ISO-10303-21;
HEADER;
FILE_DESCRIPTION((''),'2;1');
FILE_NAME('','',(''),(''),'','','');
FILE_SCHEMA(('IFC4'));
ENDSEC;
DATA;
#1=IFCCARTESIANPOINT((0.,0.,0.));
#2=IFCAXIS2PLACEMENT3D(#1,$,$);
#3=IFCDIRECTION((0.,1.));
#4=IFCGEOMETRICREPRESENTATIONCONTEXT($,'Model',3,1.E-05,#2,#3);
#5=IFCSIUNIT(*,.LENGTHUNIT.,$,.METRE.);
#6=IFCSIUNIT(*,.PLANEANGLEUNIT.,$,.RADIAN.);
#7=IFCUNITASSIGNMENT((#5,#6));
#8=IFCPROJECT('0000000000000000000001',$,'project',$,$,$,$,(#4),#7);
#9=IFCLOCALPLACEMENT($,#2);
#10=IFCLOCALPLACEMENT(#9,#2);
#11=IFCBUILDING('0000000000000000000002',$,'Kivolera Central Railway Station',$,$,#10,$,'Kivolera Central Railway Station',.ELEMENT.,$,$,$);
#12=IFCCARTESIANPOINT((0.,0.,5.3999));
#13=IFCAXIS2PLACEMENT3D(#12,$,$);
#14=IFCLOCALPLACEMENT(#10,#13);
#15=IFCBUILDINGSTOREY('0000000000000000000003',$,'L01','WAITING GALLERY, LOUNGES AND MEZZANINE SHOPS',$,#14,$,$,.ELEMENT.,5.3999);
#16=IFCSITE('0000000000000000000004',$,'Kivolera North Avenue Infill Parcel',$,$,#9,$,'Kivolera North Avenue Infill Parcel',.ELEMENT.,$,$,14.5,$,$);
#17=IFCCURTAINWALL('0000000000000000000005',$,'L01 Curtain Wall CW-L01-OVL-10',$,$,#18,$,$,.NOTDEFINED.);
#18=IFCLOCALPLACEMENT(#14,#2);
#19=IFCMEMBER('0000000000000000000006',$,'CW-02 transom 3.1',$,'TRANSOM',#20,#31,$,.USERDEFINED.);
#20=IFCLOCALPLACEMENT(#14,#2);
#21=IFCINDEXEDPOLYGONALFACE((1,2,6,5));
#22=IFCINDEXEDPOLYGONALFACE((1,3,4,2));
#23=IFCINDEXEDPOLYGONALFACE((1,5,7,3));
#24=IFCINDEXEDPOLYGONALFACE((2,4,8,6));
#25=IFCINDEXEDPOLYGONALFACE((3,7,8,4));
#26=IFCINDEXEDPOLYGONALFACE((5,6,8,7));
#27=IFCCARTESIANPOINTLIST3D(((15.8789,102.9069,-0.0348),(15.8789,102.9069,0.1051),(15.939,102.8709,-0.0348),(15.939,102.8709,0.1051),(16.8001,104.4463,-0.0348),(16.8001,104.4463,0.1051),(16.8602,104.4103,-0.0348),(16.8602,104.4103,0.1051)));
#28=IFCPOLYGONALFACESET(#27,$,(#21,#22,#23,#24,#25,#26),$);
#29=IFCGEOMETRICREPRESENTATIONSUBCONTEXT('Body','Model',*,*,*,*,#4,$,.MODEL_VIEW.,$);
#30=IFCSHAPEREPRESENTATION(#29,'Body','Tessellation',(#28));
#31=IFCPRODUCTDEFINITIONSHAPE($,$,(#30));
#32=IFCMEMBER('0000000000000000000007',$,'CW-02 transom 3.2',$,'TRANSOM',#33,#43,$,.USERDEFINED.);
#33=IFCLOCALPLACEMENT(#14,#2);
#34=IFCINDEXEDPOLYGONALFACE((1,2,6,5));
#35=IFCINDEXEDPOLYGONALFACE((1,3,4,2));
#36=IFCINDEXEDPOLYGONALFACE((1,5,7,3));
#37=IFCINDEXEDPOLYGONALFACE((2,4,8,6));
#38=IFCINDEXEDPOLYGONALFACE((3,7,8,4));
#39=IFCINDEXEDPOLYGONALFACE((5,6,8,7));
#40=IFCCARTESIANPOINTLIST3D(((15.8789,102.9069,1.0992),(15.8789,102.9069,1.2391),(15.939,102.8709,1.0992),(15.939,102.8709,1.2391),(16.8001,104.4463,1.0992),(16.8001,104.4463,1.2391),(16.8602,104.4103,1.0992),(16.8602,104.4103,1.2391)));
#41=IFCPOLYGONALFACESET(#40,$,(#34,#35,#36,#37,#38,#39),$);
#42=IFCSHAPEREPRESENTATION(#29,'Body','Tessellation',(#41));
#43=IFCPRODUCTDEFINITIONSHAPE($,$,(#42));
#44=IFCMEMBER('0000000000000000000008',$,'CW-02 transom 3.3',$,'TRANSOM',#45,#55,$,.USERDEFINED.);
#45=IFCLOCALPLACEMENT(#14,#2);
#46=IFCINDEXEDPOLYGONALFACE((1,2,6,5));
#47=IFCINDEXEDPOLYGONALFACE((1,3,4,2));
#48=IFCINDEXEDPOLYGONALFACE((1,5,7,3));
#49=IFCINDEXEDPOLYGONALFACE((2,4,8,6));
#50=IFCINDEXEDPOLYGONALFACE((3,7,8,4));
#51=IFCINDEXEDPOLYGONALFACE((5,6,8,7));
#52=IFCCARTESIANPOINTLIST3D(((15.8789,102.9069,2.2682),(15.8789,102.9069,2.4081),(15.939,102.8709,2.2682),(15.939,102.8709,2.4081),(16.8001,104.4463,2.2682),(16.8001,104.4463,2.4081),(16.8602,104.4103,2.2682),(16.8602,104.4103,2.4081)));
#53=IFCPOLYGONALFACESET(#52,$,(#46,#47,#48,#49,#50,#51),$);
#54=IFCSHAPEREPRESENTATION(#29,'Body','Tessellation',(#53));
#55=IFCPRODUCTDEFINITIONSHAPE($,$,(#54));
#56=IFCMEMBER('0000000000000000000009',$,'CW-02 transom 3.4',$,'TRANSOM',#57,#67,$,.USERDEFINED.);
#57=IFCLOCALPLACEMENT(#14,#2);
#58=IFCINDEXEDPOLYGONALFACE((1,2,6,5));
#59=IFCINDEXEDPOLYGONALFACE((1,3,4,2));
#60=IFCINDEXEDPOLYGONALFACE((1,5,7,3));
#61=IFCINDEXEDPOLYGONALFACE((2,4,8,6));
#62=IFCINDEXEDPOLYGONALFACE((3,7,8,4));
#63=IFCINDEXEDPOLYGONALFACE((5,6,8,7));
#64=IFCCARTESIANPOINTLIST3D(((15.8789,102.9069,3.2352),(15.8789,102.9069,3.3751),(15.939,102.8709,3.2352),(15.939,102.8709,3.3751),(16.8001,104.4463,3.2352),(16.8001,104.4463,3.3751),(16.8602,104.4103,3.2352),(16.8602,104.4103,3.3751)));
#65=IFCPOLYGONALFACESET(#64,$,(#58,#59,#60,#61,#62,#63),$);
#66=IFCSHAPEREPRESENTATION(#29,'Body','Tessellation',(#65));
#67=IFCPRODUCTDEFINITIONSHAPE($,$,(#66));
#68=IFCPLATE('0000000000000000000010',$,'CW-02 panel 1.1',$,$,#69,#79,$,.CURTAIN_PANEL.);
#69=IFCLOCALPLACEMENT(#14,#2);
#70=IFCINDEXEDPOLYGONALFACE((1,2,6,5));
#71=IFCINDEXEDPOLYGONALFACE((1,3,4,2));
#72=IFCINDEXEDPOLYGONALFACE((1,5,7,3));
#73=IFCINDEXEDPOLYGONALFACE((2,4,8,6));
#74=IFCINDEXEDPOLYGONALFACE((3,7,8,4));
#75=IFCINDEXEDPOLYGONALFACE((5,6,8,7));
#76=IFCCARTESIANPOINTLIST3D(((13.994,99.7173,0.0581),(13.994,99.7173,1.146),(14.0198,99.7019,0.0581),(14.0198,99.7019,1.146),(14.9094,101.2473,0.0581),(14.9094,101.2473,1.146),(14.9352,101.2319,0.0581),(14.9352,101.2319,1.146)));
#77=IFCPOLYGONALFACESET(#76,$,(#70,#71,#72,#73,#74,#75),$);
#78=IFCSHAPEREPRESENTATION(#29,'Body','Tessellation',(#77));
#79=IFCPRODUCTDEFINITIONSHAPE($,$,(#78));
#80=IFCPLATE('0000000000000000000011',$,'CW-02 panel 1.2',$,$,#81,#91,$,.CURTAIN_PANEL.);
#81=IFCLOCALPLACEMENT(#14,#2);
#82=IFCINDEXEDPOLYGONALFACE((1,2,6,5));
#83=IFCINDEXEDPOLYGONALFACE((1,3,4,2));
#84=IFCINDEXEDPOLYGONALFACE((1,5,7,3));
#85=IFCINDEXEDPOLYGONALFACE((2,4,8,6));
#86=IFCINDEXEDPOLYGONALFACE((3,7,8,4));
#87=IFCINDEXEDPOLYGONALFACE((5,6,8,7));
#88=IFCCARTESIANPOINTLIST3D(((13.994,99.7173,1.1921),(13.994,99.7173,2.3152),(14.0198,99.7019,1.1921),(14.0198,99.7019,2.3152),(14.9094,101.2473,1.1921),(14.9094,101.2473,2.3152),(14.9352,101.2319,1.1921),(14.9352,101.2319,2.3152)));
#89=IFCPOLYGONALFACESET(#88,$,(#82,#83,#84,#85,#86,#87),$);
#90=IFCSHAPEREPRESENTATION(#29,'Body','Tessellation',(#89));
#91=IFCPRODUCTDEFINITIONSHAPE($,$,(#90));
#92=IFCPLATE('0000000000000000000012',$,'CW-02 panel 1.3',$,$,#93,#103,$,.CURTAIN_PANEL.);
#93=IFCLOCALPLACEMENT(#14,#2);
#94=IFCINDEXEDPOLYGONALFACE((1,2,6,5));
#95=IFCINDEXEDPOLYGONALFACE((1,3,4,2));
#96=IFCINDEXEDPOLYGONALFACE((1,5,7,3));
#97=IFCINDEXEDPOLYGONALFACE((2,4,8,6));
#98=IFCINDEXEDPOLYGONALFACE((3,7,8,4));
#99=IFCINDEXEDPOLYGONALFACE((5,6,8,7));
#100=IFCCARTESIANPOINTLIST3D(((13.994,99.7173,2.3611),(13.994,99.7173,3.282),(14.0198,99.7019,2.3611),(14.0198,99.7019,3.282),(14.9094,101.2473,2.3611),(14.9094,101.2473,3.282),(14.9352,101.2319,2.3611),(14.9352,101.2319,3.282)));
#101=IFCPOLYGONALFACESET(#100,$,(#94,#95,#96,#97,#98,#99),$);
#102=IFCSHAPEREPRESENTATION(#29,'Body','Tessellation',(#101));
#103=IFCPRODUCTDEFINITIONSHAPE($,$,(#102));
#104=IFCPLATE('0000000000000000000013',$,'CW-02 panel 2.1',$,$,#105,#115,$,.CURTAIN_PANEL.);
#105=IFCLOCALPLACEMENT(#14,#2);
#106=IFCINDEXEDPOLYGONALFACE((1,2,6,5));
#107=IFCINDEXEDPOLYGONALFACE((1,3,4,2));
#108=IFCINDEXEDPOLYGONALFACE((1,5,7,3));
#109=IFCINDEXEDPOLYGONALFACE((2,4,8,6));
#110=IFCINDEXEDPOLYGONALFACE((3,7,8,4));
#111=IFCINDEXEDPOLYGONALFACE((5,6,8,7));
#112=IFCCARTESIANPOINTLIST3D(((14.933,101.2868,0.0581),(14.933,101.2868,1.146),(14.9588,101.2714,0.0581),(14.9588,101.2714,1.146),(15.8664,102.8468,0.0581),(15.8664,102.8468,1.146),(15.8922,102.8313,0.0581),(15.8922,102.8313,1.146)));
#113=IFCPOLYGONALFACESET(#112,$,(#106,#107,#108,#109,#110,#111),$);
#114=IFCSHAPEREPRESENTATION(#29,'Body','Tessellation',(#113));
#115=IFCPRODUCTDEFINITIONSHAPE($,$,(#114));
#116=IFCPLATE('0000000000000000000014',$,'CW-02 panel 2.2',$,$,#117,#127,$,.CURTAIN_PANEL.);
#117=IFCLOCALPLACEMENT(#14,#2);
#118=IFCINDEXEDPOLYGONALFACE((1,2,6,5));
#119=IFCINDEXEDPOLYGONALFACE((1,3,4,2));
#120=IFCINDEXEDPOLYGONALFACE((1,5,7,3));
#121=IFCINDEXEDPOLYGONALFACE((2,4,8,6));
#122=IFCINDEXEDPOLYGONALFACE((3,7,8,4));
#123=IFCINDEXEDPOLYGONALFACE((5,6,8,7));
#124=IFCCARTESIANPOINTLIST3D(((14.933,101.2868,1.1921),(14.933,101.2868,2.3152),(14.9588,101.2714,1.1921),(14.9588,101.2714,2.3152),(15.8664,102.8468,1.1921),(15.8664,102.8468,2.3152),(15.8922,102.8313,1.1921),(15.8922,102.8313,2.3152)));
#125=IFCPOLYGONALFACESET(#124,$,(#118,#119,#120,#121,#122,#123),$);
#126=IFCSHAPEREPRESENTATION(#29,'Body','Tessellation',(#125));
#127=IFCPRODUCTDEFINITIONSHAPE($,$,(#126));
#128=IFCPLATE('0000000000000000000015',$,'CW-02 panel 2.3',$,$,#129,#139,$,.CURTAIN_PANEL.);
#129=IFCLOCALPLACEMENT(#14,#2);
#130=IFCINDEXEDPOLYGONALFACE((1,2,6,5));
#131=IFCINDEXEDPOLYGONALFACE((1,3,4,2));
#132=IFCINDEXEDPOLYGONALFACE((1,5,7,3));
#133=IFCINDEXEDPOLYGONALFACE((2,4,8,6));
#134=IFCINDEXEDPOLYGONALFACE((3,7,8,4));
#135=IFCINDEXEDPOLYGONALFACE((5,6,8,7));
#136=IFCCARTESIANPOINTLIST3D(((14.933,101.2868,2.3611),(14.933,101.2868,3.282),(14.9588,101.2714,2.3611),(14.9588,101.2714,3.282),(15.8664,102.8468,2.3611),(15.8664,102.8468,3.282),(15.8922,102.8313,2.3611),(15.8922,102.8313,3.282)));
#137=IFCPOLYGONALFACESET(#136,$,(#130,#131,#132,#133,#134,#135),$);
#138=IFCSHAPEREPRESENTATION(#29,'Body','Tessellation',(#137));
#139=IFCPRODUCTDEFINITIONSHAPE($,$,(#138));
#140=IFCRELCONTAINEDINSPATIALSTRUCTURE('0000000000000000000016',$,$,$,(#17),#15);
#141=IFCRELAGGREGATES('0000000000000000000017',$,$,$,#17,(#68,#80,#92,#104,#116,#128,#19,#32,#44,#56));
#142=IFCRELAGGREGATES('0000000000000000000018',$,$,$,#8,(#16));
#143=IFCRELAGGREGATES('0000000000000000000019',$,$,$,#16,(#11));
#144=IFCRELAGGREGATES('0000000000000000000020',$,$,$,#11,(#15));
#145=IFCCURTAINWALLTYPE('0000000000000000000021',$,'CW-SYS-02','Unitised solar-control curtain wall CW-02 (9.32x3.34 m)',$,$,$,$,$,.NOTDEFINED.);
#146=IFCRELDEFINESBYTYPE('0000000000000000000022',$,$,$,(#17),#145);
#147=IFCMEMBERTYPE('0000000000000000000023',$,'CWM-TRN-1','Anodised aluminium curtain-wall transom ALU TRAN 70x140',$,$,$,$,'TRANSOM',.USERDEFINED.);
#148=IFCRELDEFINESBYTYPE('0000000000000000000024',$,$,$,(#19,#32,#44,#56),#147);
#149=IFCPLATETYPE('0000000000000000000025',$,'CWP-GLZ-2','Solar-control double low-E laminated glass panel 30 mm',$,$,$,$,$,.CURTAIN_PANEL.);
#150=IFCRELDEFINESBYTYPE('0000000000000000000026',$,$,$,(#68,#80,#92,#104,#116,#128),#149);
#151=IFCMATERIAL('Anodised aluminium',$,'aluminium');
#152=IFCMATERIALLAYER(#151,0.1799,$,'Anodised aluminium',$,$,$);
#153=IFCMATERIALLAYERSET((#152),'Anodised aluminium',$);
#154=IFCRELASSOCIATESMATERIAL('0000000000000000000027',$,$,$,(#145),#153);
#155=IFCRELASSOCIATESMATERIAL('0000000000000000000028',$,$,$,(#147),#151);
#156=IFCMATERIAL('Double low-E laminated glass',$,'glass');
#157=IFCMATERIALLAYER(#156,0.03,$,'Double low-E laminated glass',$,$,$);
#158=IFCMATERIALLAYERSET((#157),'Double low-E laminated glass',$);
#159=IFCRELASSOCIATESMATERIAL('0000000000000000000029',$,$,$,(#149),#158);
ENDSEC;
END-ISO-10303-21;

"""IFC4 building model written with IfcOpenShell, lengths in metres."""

from ifc_helpers import new_model, si_unit, direction, frame, origin, origin_2d, place, context, subcontext, project, spatial, rectangle, extrude, material, layer, layer_set, material_profile, profile_set, type_object, element, aggregate, save


model = new_model("IFC4")

# Units and contexts
model_context = context("Model", 3, precision=1e-05, world=origin(), true_north=direction((0.0, 1.0)))
body_context = subcontext(model_context, "Body", "Model", "MODEL_VIEW")
ifc_project = project(units=[si_unit("LENGTHUNIT", "METRE"), si_unit("PLANEANGLEUNIT", "RADIAN")], contexts=[model_context])

# Site, building, storey
site_placement = place(None, origin())
site = spatial("IfcSite", under=ifc_project, at=site_placement, Name="Kivolera North Avenue Infill Parcel", LongName="Kivolera North Avenue Infill Parcel", CompositionType="ELEMENT", RefElevation=14.5)
building_placement = place(site_placement, origin())
building = spatial("IfcBuilding", under=site, at=building_placement, Name="Kivolera Central Railway Station", LongName="Kivolera Central Railway Station", CompositionType="ELEMENT")
storey_placement = place(building_placement, frame((0.0, 0.0, 5.3999)))
storey = spatial("IfcBuildingStorey", under=building, at=storey_placement, Name="L01", Description="WAITING GALLERY, LOUNGES AND MEZZANINE SHOPS", CompositionType="ELEMENT", Elevation=5.3999)

# Curtain wall, members, plates
ifc_material_1 = material(Name="Anodised aluminium", Category="aluminium")
ifc_layer_1 = layer(ifc_material_1, 0.1799, Name="Anodised aluminium")
ifc_layer_set_1 = layer_set([ifc_layer_1], Name="Anodised aluminium")
curtain_wall_type = type_object("IfcCurtainWallType", Name="CW-SYS-02", Description="Unitised solar-control curtain wall CW-02 (9.32x3.34 m)", PredefinedType="NOTDEFINED", material=ifc_layer_set_1)
curtain_wall_placement = place(storey_placement, origin())
curtain_wall = element("IfcCurtainWall", 1, at=curtain_wall_placement, inside=storey, type_object=curtain_wall_type, Name="L01 Curtain Wall CW-L01-OVL-10", PredefinedType="NOTDEFINED")
ifc_material_profile_1 = material_profile(ifc_material_1, rectangle(XDim=0.0701, YDim=0.1399, at=origin_2d()), Name="ALU TRAN 70x140")
ifc_profile_set_1 = profile_set([ifc_material_profile_1], Name="Anodised aluminium")
member_type_1 = type_object("IfcMemberType", Name="CWM-TRN-1", Description="Anodised aluminium curtain-wall transom ALU TRAN 70x140", ElementType="TRANSOM", PredefinedType="USERDEFINED", material=ifc_profile_set_1)
member_1_placement = place(storey_placement, frame((15.9089, 102.8889, 0.0352), z_axis=(0.513495, 0.858093, 0.0), x_axis=(-0.858093, 0.513495, 0.0)))
member_1 = element("IfcMember", 2, at=member_1_placement, type_object=member_type_1, Name="CW-02 transom 3.1", ObjectType="TRANSOM", PredefinedType="USERDEFINED", context=body_context, shape_type="SweptSolid", body=[
    extrude(rectangle(XDim=0.0701, YDim=0.1399, at=origin_2d()), origin(), (0.0, 0.0, 1.0), 1.7939),
])
member_2_placement = place(storey_placement, frame((15.9089, 102.8889, 1.1692), z_axis=(0.513495, 0.858093, 0.0), x_axis=(-0.858093, 0.513495, 0.0)))
member_2 = element("IfcMember", 3, at=member_2_placement, type_object=member_type_1, Name="CW-02 transom 3.2", ObjectType="TRANSOM", PredefinedType="USERDEFINED", context=body_context, shape_type="SweptSolid", body=[
    extrude(rectangle(XDim=0.0701, YDim=0.1399, at=origin_2d()), origin(), (0.0, 0.0, 1.0), 1.7939),
])
member_3_placement = place(storey_placement, frame((15.9089, 102.8889, 2.3381), z_axis=(0.513495, 0.858093, 0.0), x_axis=(-0.858093, 0.513495, 0.0)))
member_3 = element("IfcMember", 4, at=member_3_placement, type_object=member_type_1, Name="CW-02 transom 3.3", ObjectType="TRANSOM", PredefinedType="USERDEFINED", context=body_context, shape_type="SweptSolid", body=[
    extrude(rectangle(XDim=0.0701, YDim=0.1399, at=origin_2d()), origin(), (0.0, 0.0, 1.0), 1.7939),
])
member_4_placement = place(storey_placement, frame((15.9089, 102.8889, 3.3052), z_axis=(0.513495, 0.858093, 0.0), x_axis=(-0.858093, 0.513495, 0.0)))
member_4 = element("IfcMember", 5, at=member_4_placement, type_object=member_type_1, Name="CW-02 transom 3.4", ObjectType="TRANSOM", PredefinedType="USERDEFINED", context=body_context, shape_type="SweptSolid", body=[
    extrude(rectangle(XDim=0.0701, YDim=0.1399, at=origin_2d()), origin(), (0.0, 0.0, 1.0), 1.7939),
])
ifc_material_2 = material(Name="Double low-E laminated glass", Category="glass")
ifc_layer_2 = layer(ifc_material_2, 0.03, Name="Double low-E laminated glass")
ifc_layer_set_2 = layer_set([ifc_layer_2], Name="Double low-E laminated glass")
plate_type = type_object("IfcPlateType", Name="CWP-GLZ-2", Description="Solar-control double low-E laminated glass panel 30 mm", PredefinedType="CURTAIN_PANEL", material=ifc_layer_set_2)
plate_1_placement = place(storey_placement, frame((14.4646, 100.4746, 0.0581), z_axis=(0.0, 0.0, 1.0), x_axis=(0.513454, 0.858117, 0.0)))
plate_1 = element("IfcPlate", 6, at=plate_1_placement, type_object=plate_type, Name="CW-02 panel 1.1", PredefinedType="CURTAIN_PANEL", context=body_context, shape_type="SweptSolid", body=[
    extrude(rectangle(XDim=1.783, YDim=0.03, at=origin_2d()), origin(), (0.0, 0.0, 1.0), 1.0879),
])
plate_2_placement = place(storey_placement, frame((14.4646, 100.4746, 1.1921), z_axis=(0.0, 0.0, 1.0), x_axis=(0.513454, 0.858117, 0.0)))
plate_2 = element("IfcPlate", 7, at=plate_2_placement, type_object=plate_type, Name="CW-02 panel 1.2", PredefinedType="CURTAIN_PANEL", context=body_context, shape_type="SweptSolid", body=[
    extrude(rectangle(XDim=1.783, YDim=0.03, at=origin_2d()), origin(), (0.0, 0.0, 1.0), 1.123),
])
plate_3_placement = place(storey_placement, frame((14.4646, 100.4746, 2.3611), z_axis=(0.0, 0.0, 1.0), x_axis=(0.513454, 0.858117, 0.0)))
plate_3 = element("IfcPlate", 8, at=plate_3_placement, type_object=plate_type, Name="CW-02 panel 1.3", PredefinedType="CURTAIN_PANEL", context=body_context, shape_type="SweptSolid", body=[
    extrude(rectangle(XDim=1.783, YDim=0.03, at=origin_2d()), origin(), (0.0, 0.0, 1.0), 0.9209),
])
plate_4_placement = place(storey_placement, frame((15.4126, 102.0591, 0.0581), z_axis=(0.0, 0.0, 1.0), x_axis=(0.513454, 0.858117, 0.0)))
plate_4 = element("IfcPlate", 9, at=plate_4_placement, type_object=plate_type, Name="CW-02 panel 2.1", PredefinedType="CURTAIN_PANEL", context=body_context, shape_type="SweptSolid", body=[
    extrude(rectangle(XDim=1.8179, YDim=0.03, at=origin_2d()), origin(), (0.0, 0.0, 1.0), 1.0879),
])
plate_5_placement = place(storey_placement, frame((15.4126, 102.0591, 1.1921), z_axis=(0.0, 0.0, 1.0), x_axis=(0.513454, 0.858117, 0.0)))
plate_5 = element("IfcPlate", 10, at=plate_5_placement, type_object=plate_type, Name="CW-02 panel 2.2", PredefinedType="CURTAIN_PANEL", context=body_context, shape_type="SweptSolid", body=[
    extrude(rectangle(XDim=1.8179, YDim=0.03, at=origin_2d()), origin(), (0.0, 0.0, 1.0), 1.123),
])
plate_6_placement = place(storey_placement, frame((15.4126, 102.0591, 2.3611), z_axis=(0.0, 0.0, 1.0), x_axis=(0.513454, 0.858117, 0.0)))
plate_6 = element("IfcPlate", 11, at=plate_6_placement, type_object=plate_type, Name="CW-02 panel 2.3", PredefinedType="CURTAIN_PANEL", context=body_context, shape_type="SweptSolid", body=[
    extrude(rectangle(XDim=1.8179, YDim=0.03, at=origin_2d()), origin(), (0.0, 0.0, 1.0), 0.9209),
])
aggregate(curtain_wall, [plate_1, plate_2, plate_3, plate_4, plate_5, plate_6, member_1, member_2, member_3, member_4])

save(model, "model.ifc")
